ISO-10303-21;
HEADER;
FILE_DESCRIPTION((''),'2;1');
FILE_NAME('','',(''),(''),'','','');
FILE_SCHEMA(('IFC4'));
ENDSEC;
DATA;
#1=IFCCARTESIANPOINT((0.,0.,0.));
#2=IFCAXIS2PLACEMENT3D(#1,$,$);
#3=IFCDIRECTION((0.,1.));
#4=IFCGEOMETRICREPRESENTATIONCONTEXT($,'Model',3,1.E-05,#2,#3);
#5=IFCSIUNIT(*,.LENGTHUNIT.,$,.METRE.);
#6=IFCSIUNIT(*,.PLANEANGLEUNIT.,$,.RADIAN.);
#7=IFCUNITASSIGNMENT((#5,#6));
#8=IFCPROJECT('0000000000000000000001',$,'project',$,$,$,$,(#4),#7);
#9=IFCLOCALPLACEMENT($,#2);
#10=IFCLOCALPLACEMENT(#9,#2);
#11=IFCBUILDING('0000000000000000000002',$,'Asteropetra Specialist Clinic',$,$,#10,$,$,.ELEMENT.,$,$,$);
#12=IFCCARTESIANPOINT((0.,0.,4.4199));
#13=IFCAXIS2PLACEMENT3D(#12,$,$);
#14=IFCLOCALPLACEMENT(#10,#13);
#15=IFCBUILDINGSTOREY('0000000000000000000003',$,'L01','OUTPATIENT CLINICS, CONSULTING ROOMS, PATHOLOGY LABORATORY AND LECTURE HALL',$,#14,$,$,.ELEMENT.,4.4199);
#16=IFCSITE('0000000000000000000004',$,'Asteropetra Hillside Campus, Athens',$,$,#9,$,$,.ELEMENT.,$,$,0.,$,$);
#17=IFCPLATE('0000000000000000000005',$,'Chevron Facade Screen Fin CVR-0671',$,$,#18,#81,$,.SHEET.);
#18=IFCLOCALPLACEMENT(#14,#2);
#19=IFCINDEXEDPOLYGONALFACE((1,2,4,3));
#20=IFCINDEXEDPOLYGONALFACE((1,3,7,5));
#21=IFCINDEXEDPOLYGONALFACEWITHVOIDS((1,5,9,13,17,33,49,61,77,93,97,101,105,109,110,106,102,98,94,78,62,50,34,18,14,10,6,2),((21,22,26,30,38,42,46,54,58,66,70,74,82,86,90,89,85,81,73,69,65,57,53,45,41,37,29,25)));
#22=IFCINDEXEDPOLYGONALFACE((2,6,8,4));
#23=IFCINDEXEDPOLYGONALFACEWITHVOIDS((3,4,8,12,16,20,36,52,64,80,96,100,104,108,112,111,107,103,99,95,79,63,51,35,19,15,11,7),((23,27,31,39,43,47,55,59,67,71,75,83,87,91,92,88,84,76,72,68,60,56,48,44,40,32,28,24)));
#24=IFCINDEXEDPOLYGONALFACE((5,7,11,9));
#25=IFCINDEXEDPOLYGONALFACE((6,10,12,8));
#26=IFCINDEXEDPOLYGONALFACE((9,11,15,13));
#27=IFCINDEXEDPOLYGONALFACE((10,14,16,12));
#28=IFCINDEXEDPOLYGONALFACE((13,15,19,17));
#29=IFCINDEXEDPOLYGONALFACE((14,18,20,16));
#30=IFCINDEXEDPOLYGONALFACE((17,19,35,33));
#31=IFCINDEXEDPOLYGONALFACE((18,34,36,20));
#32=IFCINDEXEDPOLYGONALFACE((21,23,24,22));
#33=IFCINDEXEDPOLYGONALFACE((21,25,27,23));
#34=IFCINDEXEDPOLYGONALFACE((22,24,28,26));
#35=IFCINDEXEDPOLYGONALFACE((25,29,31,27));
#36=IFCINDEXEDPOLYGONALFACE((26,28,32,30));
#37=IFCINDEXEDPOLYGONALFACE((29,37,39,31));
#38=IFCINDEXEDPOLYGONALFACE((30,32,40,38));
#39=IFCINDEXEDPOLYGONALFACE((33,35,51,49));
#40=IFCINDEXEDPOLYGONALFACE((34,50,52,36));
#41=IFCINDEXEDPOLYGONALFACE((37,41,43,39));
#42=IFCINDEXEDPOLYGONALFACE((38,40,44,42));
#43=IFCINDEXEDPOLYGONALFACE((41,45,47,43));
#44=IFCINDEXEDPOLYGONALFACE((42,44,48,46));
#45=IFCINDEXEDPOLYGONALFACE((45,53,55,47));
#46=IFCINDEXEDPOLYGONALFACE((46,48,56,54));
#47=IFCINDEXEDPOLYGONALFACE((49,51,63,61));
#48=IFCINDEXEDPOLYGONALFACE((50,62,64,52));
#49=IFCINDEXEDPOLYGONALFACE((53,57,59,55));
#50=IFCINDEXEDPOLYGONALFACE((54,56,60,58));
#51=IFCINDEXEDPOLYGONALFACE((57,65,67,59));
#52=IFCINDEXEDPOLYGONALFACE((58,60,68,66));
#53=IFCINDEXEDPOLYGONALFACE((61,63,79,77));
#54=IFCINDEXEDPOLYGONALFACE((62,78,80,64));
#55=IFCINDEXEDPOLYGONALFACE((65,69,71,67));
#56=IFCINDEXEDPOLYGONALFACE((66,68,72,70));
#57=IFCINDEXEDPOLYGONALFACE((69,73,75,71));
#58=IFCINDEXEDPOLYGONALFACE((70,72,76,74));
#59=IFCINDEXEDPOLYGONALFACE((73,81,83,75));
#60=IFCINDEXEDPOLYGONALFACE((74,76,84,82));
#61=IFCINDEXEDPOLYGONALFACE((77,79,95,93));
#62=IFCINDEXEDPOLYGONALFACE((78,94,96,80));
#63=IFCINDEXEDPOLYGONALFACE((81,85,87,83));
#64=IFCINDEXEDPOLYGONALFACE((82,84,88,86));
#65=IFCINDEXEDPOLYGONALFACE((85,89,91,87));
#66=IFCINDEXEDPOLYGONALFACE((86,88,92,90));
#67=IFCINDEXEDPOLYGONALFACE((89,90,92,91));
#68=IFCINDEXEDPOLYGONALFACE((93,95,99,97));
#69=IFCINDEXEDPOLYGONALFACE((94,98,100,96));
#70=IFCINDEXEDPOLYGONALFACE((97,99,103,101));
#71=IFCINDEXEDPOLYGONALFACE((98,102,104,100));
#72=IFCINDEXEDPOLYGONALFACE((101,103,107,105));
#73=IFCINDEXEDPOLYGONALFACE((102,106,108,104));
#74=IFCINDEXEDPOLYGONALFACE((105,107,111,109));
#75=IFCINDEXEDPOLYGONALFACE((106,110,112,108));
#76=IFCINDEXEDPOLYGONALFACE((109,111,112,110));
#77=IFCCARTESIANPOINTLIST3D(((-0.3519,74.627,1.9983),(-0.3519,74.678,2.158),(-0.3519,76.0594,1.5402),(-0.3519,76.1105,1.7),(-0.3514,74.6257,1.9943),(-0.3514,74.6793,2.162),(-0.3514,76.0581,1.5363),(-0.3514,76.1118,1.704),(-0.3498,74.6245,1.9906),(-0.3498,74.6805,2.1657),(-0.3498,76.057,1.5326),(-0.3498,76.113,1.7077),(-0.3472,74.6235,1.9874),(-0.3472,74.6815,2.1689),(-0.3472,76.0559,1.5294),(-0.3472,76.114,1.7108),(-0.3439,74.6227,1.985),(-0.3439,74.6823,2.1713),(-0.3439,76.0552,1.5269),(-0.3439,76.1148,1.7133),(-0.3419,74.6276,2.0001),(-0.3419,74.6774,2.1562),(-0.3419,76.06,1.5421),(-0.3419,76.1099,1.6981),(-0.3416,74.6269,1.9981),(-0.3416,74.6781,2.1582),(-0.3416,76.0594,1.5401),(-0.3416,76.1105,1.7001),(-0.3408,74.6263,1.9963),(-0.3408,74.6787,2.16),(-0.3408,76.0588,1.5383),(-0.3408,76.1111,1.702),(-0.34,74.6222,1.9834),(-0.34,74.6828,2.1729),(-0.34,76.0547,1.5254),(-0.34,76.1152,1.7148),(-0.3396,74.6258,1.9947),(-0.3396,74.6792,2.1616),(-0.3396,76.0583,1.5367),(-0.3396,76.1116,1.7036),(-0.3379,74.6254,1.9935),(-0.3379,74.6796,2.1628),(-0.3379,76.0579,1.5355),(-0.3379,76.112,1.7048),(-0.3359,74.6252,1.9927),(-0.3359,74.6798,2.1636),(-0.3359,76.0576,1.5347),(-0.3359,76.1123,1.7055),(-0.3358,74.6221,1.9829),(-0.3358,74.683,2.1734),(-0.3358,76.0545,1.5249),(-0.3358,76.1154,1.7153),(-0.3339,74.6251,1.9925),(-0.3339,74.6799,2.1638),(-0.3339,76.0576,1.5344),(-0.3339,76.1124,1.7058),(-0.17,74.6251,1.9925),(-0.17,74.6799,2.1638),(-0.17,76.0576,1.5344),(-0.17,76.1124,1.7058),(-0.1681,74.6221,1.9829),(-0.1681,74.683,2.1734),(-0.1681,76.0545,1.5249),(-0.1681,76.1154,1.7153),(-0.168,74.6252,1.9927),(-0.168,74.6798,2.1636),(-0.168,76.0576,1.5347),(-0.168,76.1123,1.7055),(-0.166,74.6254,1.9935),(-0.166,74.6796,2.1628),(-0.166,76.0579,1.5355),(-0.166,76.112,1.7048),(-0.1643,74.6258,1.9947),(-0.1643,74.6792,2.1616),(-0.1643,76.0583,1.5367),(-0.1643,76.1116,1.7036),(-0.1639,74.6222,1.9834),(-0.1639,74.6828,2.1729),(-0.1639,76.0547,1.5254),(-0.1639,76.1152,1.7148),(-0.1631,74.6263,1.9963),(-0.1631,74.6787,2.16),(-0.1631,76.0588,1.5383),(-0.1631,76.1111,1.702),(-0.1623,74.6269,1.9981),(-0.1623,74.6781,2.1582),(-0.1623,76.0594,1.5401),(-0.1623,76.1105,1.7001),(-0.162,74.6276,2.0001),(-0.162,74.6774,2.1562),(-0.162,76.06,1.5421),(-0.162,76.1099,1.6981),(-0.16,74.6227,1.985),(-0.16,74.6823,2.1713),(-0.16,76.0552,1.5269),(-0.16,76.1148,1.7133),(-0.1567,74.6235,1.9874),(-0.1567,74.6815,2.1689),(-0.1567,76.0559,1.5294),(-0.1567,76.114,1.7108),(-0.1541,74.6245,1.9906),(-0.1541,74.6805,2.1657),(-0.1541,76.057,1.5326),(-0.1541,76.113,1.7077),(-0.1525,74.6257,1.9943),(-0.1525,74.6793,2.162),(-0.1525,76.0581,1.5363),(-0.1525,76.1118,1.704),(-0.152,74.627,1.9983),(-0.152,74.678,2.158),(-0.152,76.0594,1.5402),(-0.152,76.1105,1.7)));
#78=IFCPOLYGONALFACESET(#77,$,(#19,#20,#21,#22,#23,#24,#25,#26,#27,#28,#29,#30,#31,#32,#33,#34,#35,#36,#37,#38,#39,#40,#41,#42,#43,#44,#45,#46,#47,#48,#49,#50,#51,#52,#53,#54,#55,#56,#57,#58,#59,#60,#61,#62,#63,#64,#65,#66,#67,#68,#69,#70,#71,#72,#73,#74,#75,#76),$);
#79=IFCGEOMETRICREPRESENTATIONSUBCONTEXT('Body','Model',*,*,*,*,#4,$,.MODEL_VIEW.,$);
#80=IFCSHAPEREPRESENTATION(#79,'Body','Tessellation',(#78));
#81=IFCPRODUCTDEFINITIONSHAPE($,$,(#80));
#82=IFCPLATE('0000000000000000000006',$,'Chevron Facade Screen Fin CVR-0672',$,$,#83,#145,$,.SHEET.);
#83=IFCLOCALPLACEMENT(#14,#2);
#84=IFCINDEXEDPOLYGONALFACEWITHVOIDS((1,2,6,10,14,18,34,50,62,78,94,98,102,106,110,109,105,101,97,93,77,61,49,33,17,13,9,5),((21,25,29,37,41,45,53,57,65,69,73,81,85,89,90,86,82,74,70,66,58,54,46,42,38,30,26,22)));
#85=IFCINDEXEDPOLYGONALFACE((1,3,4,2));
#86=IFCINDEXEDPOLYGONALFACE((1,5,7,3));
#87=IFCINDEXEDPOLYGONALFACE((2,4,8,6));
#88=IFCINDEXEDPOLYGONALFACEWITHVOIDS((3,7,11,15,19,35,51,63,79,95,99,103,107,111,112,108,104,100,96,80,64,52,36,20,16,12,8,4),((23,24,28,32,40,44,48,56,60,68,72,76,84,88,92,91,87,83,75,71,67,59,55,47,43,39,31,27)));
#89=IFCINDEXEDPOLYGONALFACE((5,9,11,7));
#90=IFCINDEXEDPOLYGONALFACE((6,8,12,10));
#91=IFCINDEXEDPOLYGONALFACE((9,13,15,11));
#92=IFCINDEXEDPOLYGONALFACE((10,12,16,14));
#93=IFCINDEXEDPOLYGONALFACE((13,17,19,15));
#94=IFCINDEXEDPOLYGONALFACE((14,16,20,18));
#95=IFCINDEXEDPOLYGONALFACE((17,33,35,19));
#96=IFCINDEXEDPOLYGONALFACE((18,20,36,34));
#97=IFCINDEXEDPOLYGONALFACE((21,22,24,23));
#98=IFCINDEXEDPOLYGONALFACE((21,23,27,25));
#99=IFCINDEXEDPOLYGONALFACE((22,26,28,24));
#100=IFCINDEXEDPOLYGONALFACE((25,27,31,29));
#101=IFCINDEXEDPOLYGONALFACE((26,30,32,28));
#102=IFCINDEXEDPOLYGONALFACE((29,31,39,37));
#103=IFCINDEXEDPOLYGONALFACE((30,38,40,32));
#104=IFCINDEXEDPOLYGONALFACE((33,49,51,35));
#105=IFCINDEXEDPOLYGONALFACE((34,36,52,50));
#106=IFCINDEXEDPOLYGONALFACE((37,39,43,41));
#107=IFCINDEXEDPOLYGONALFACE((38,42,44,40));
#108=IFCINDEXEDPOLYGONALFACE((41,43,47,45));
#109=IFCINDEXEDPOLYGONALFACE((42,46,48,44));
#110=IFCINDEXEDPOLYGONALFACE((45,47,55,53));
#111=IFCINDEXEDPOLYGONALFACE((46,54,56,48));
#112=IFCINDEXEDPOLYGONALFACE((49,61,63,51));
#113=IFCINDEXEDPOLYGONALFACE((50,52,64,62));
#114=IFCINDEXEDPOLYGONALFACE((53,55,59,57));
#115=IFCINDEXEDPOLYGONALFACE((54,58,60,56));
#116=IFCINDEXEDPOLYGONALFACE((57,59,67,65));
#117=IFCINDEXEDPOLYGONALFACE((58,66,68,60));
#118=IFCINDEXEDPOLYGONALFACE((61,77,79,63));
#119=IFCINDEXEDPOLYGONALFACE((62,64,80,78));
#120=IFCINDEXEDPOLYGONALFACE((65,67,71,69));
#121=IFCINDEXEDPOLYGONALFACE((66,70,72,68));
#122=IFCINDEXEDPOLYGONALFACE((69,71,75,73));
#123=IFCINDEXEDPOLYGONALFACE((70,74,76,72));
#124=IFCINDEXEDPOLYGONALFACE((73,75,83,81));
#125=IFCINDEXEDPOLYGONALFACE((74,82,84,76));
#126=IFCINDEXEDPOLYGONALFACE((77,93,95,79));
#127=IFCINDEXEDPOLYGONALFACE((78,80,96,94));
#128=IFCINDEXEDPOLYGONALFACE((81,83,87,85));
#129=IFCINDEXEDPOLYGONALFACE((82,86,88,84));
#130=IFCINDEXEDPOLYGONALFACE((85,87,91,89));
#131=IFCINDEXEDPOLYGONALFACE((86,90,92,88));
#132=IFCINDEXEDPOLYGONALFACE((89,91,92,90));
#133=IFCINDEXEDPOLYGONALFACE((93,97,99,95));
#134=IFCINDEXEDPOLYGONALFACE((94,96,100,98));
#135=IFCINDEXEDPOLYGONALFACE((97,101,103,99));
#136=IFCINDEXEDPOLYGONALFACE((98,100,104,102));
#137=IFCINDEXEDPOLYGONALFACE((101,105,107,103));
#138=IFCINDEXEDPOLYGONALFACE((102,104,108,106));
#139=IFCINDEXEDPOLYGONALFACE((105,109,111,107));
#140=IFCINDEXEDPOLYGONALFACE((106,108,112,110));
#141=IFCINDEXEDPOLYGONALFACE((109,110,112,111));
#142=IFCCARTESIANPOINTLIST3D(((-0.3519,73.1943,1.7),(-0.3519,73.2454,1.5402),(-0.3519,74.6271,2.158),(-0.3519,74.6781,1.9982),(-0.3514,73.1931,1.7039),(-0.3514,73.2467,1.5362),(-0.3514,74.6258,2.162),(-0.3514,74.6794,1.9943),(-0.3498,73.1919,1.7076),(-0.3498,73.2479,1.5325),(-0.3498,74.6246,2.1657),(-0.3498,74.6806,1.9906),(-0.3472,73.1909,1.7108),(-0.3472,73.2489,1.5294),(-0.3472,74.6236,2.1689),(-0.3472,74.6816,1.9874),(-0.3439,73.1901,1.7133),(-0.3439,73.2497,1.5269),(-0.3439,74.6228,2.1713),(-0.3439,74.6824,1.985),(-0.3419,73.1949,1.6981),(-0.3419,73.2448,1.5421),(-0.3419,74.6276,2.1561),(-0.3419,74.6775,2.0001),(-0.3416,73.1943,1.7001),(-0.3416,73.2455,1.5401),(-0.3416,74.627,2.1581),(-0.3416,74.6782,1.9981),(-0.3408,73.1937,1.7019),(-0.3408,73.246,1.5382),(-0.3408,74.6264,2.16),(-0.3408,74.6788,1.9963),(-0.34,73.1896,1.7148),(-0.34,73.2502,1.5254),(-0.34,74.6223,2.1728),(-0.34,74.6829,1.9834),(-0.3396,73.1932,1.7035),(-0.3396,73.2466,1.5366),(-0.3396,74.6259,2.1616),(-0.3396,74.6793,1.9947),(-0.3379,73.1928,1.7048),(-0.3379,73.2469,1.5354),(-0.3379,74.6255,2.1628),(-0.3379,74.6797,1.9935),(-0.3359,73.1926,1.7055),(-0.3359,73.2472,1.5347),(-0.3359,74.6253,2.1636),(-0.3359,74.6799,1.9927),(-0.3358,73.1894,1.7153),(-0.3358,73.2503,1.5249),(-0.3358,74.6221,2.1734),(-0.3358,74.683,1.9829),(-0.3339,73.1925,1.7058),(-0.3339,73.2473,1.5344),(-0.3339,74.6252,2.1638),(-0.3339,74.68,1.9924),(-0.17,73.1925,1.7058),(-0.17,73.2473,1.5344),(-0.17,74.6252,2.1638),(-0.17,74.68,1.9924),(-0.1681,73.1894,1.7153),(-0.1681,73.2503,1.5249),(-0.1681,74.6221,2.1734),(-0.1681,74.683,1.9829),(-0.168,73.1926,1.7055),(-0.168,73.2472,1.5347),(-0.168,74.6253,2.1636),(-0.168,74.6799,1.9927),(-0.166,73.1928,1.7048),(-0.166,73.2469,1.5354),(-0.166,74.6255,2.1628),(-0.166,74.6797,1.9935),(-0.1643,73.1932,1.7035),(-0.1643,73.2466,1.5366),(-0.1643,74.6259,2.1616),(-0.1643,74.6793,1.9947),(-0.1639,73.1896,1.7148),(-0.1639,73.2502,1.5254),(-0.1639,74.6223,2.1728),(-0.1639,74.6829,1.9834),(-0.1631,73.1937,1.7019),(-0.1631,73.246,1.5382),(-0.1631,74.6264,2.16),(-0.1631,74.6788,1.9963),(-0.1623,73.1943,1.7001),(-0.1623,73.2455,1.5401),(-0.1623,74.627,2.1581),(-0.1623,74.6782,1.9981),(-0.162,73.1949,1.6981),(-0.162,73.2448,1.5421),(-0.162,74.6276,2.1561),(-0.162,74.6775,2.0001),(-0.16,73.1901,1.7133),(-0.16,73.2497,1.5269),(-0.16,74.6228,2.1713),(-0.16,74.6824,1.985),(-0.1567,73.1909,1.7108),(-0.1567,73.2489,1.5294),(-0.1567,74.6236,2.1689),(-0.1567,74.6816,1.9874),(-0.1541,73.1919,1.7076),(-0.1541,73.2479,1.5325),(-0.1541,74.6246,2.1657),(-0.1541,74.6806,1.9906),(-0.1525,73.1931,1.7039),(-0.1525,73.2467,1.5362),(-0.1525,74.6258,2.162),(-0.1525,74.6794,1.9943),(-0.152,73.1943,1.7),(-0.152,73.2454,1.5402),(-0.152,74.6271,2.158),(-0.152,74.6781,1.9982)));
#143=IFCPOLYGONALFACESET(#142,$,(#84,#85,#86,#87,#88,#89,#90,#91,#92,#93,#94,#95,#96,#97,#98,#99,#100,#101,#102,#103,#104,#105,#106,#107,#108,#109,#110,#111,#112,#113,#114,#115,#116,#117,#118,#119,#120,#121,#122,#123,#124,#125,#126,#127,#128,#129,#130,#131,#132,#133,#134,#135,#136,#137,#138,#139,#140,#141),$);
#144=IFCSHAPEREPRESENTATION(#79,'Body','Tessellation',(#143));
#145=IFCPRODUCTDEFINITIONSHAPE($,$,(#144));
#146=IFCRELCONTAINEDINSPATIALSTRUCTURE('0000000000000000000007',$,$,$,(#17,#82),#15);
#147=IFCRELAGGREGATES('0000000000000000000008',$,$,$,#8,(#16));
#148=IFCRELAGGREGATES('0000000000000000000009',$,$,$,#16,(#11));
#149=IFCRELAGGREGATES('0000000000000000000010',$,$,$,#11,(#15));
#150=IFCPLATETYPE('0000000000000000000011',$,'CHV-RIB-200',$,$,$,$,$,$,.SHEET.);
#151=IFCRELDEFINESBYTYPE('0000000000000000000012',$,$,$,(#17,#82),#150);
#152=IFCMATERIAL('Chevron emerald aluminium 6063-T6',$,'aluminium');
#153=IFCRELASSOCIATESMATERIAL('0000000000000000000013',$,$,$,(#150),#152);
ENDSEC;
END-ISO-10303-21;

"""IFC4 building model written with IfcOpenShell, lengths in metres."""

from ifc_helpers import new_model, si_unit, direction, frame, origin, origin_2d, place, context, subcontext, project, spatial, hollow_rectangle, extrude, material, material_profile, profile_set, type_object, element, save


model = new_model("IFC4")

# Units and contexts
model_context = context("Model", 3, precision=1e-05, world=origin(), true_north=direction((0.0, 1.0)))
body_context = subcontext(model_context, "Body", "Model", "MODEL_VIEW")
ifc_project = project(units=[si_unit("LENGTHUNIT", "METRE"), si_unit("PLANEANGLEUNIT", "RADIAN")], contexts=[model_context])

# Site, building, storey
site_placement = place(None, origin())
site = spatial("IfcSite", under=ifc_project, at=site_placement, Name="Asteropetra Hillside Campus, Athens", CompositionType="ELEMENT", RefElevation=0.0)
building_placement = place(site_placement, origin())
building = spatial("IfcBuilding", under=site, at=building_placement, Name="Asteropetra Specialist Clinic", CompositionType="ELEMENT")
storey_placement = place(building_placement, frame((0.0, 0.0, 4.4199)))
storey = spatial("IfcBuildingStorey", under=building, at=storey_placement, Name="L01", Description="OUTPATIENT CLINICS, CONSULTING ROOMS, PATHOLOGY LABORATORY AND LECTURE HALL", CompositionType="ELEMENT", Elevation=4.4199)

# Plates
ifc_material_1 = material(Name="Chevron emerald aluminium 6063-T6", Category="aluminium")
ifc_material_profile = material_profile(ifc_material_1, hollow_rectangle(XDim=0.2, YDim=0.2, WallThickness=0.01, InnerFilletRadius=0.0081, OuterFilletRadius=0.0161, at=origin_2d()), Name="SHS 200x200x10.0")
ifc_profile_set = profile_set([ifc_material_profile], Name="Chevron emerald aluminium 6063-T6")
plate_type_1 = type_object("IfcPlateType", Name="CHV-RIB-200", PredefinedType="SHEET", material=ifc_profile_set)
plate_1_placement = place(storey_placement, frame((-0.252, 76.085, 1.6201), z_axis=(0.0, -0.952492, 0.304564), x_axis=(1.0, 0.0, 0.0)))
element("IfcPlate", 1, at=plate_1_placement, inside=storey, type_object=plate_type_1, Name="Chevron Facade Screen Fin CVR-0671", PredefinedType="SHEET", context=body_context, shape_type="SweptSolid", body=[
    extrude(hollow_rectangle(XDim=0.2, YDim=0.2, WallThickness=0.01, InnerFilletRadius=0.0081, OuterFilletRadius=0.0161, at=origin_2d()), origin(), (0.0, 0.0, 1.0), 1.5039),
])
plate_2_placement = place(storey_placement, frame((-0.252, 74.6526, 2.0781), z_axis=(0.0, -0.952507, -0.304517), x_axis=(1.0, 0.0, 0.0)))
element("IfcPlate", 2, at=plate_2_placement, inside=storey, type_object=plate_type_1, Name="Chevron Facade Screen Fin CVR-0672", PredefinedType="SHEET", context=body_context, shape_type="SweptSolid", body=[
    extrude(hollow_rectangle(XDim=0.2, YDim=0.2, WallThickness=0.01, InnerFilletRadius=0.0081, OuterFilletRadius=0.0161, at=origin_2d()), origin(), (0.0, 0.0, 1.0), 1.5042),
])

save(model, "model.ifc")
